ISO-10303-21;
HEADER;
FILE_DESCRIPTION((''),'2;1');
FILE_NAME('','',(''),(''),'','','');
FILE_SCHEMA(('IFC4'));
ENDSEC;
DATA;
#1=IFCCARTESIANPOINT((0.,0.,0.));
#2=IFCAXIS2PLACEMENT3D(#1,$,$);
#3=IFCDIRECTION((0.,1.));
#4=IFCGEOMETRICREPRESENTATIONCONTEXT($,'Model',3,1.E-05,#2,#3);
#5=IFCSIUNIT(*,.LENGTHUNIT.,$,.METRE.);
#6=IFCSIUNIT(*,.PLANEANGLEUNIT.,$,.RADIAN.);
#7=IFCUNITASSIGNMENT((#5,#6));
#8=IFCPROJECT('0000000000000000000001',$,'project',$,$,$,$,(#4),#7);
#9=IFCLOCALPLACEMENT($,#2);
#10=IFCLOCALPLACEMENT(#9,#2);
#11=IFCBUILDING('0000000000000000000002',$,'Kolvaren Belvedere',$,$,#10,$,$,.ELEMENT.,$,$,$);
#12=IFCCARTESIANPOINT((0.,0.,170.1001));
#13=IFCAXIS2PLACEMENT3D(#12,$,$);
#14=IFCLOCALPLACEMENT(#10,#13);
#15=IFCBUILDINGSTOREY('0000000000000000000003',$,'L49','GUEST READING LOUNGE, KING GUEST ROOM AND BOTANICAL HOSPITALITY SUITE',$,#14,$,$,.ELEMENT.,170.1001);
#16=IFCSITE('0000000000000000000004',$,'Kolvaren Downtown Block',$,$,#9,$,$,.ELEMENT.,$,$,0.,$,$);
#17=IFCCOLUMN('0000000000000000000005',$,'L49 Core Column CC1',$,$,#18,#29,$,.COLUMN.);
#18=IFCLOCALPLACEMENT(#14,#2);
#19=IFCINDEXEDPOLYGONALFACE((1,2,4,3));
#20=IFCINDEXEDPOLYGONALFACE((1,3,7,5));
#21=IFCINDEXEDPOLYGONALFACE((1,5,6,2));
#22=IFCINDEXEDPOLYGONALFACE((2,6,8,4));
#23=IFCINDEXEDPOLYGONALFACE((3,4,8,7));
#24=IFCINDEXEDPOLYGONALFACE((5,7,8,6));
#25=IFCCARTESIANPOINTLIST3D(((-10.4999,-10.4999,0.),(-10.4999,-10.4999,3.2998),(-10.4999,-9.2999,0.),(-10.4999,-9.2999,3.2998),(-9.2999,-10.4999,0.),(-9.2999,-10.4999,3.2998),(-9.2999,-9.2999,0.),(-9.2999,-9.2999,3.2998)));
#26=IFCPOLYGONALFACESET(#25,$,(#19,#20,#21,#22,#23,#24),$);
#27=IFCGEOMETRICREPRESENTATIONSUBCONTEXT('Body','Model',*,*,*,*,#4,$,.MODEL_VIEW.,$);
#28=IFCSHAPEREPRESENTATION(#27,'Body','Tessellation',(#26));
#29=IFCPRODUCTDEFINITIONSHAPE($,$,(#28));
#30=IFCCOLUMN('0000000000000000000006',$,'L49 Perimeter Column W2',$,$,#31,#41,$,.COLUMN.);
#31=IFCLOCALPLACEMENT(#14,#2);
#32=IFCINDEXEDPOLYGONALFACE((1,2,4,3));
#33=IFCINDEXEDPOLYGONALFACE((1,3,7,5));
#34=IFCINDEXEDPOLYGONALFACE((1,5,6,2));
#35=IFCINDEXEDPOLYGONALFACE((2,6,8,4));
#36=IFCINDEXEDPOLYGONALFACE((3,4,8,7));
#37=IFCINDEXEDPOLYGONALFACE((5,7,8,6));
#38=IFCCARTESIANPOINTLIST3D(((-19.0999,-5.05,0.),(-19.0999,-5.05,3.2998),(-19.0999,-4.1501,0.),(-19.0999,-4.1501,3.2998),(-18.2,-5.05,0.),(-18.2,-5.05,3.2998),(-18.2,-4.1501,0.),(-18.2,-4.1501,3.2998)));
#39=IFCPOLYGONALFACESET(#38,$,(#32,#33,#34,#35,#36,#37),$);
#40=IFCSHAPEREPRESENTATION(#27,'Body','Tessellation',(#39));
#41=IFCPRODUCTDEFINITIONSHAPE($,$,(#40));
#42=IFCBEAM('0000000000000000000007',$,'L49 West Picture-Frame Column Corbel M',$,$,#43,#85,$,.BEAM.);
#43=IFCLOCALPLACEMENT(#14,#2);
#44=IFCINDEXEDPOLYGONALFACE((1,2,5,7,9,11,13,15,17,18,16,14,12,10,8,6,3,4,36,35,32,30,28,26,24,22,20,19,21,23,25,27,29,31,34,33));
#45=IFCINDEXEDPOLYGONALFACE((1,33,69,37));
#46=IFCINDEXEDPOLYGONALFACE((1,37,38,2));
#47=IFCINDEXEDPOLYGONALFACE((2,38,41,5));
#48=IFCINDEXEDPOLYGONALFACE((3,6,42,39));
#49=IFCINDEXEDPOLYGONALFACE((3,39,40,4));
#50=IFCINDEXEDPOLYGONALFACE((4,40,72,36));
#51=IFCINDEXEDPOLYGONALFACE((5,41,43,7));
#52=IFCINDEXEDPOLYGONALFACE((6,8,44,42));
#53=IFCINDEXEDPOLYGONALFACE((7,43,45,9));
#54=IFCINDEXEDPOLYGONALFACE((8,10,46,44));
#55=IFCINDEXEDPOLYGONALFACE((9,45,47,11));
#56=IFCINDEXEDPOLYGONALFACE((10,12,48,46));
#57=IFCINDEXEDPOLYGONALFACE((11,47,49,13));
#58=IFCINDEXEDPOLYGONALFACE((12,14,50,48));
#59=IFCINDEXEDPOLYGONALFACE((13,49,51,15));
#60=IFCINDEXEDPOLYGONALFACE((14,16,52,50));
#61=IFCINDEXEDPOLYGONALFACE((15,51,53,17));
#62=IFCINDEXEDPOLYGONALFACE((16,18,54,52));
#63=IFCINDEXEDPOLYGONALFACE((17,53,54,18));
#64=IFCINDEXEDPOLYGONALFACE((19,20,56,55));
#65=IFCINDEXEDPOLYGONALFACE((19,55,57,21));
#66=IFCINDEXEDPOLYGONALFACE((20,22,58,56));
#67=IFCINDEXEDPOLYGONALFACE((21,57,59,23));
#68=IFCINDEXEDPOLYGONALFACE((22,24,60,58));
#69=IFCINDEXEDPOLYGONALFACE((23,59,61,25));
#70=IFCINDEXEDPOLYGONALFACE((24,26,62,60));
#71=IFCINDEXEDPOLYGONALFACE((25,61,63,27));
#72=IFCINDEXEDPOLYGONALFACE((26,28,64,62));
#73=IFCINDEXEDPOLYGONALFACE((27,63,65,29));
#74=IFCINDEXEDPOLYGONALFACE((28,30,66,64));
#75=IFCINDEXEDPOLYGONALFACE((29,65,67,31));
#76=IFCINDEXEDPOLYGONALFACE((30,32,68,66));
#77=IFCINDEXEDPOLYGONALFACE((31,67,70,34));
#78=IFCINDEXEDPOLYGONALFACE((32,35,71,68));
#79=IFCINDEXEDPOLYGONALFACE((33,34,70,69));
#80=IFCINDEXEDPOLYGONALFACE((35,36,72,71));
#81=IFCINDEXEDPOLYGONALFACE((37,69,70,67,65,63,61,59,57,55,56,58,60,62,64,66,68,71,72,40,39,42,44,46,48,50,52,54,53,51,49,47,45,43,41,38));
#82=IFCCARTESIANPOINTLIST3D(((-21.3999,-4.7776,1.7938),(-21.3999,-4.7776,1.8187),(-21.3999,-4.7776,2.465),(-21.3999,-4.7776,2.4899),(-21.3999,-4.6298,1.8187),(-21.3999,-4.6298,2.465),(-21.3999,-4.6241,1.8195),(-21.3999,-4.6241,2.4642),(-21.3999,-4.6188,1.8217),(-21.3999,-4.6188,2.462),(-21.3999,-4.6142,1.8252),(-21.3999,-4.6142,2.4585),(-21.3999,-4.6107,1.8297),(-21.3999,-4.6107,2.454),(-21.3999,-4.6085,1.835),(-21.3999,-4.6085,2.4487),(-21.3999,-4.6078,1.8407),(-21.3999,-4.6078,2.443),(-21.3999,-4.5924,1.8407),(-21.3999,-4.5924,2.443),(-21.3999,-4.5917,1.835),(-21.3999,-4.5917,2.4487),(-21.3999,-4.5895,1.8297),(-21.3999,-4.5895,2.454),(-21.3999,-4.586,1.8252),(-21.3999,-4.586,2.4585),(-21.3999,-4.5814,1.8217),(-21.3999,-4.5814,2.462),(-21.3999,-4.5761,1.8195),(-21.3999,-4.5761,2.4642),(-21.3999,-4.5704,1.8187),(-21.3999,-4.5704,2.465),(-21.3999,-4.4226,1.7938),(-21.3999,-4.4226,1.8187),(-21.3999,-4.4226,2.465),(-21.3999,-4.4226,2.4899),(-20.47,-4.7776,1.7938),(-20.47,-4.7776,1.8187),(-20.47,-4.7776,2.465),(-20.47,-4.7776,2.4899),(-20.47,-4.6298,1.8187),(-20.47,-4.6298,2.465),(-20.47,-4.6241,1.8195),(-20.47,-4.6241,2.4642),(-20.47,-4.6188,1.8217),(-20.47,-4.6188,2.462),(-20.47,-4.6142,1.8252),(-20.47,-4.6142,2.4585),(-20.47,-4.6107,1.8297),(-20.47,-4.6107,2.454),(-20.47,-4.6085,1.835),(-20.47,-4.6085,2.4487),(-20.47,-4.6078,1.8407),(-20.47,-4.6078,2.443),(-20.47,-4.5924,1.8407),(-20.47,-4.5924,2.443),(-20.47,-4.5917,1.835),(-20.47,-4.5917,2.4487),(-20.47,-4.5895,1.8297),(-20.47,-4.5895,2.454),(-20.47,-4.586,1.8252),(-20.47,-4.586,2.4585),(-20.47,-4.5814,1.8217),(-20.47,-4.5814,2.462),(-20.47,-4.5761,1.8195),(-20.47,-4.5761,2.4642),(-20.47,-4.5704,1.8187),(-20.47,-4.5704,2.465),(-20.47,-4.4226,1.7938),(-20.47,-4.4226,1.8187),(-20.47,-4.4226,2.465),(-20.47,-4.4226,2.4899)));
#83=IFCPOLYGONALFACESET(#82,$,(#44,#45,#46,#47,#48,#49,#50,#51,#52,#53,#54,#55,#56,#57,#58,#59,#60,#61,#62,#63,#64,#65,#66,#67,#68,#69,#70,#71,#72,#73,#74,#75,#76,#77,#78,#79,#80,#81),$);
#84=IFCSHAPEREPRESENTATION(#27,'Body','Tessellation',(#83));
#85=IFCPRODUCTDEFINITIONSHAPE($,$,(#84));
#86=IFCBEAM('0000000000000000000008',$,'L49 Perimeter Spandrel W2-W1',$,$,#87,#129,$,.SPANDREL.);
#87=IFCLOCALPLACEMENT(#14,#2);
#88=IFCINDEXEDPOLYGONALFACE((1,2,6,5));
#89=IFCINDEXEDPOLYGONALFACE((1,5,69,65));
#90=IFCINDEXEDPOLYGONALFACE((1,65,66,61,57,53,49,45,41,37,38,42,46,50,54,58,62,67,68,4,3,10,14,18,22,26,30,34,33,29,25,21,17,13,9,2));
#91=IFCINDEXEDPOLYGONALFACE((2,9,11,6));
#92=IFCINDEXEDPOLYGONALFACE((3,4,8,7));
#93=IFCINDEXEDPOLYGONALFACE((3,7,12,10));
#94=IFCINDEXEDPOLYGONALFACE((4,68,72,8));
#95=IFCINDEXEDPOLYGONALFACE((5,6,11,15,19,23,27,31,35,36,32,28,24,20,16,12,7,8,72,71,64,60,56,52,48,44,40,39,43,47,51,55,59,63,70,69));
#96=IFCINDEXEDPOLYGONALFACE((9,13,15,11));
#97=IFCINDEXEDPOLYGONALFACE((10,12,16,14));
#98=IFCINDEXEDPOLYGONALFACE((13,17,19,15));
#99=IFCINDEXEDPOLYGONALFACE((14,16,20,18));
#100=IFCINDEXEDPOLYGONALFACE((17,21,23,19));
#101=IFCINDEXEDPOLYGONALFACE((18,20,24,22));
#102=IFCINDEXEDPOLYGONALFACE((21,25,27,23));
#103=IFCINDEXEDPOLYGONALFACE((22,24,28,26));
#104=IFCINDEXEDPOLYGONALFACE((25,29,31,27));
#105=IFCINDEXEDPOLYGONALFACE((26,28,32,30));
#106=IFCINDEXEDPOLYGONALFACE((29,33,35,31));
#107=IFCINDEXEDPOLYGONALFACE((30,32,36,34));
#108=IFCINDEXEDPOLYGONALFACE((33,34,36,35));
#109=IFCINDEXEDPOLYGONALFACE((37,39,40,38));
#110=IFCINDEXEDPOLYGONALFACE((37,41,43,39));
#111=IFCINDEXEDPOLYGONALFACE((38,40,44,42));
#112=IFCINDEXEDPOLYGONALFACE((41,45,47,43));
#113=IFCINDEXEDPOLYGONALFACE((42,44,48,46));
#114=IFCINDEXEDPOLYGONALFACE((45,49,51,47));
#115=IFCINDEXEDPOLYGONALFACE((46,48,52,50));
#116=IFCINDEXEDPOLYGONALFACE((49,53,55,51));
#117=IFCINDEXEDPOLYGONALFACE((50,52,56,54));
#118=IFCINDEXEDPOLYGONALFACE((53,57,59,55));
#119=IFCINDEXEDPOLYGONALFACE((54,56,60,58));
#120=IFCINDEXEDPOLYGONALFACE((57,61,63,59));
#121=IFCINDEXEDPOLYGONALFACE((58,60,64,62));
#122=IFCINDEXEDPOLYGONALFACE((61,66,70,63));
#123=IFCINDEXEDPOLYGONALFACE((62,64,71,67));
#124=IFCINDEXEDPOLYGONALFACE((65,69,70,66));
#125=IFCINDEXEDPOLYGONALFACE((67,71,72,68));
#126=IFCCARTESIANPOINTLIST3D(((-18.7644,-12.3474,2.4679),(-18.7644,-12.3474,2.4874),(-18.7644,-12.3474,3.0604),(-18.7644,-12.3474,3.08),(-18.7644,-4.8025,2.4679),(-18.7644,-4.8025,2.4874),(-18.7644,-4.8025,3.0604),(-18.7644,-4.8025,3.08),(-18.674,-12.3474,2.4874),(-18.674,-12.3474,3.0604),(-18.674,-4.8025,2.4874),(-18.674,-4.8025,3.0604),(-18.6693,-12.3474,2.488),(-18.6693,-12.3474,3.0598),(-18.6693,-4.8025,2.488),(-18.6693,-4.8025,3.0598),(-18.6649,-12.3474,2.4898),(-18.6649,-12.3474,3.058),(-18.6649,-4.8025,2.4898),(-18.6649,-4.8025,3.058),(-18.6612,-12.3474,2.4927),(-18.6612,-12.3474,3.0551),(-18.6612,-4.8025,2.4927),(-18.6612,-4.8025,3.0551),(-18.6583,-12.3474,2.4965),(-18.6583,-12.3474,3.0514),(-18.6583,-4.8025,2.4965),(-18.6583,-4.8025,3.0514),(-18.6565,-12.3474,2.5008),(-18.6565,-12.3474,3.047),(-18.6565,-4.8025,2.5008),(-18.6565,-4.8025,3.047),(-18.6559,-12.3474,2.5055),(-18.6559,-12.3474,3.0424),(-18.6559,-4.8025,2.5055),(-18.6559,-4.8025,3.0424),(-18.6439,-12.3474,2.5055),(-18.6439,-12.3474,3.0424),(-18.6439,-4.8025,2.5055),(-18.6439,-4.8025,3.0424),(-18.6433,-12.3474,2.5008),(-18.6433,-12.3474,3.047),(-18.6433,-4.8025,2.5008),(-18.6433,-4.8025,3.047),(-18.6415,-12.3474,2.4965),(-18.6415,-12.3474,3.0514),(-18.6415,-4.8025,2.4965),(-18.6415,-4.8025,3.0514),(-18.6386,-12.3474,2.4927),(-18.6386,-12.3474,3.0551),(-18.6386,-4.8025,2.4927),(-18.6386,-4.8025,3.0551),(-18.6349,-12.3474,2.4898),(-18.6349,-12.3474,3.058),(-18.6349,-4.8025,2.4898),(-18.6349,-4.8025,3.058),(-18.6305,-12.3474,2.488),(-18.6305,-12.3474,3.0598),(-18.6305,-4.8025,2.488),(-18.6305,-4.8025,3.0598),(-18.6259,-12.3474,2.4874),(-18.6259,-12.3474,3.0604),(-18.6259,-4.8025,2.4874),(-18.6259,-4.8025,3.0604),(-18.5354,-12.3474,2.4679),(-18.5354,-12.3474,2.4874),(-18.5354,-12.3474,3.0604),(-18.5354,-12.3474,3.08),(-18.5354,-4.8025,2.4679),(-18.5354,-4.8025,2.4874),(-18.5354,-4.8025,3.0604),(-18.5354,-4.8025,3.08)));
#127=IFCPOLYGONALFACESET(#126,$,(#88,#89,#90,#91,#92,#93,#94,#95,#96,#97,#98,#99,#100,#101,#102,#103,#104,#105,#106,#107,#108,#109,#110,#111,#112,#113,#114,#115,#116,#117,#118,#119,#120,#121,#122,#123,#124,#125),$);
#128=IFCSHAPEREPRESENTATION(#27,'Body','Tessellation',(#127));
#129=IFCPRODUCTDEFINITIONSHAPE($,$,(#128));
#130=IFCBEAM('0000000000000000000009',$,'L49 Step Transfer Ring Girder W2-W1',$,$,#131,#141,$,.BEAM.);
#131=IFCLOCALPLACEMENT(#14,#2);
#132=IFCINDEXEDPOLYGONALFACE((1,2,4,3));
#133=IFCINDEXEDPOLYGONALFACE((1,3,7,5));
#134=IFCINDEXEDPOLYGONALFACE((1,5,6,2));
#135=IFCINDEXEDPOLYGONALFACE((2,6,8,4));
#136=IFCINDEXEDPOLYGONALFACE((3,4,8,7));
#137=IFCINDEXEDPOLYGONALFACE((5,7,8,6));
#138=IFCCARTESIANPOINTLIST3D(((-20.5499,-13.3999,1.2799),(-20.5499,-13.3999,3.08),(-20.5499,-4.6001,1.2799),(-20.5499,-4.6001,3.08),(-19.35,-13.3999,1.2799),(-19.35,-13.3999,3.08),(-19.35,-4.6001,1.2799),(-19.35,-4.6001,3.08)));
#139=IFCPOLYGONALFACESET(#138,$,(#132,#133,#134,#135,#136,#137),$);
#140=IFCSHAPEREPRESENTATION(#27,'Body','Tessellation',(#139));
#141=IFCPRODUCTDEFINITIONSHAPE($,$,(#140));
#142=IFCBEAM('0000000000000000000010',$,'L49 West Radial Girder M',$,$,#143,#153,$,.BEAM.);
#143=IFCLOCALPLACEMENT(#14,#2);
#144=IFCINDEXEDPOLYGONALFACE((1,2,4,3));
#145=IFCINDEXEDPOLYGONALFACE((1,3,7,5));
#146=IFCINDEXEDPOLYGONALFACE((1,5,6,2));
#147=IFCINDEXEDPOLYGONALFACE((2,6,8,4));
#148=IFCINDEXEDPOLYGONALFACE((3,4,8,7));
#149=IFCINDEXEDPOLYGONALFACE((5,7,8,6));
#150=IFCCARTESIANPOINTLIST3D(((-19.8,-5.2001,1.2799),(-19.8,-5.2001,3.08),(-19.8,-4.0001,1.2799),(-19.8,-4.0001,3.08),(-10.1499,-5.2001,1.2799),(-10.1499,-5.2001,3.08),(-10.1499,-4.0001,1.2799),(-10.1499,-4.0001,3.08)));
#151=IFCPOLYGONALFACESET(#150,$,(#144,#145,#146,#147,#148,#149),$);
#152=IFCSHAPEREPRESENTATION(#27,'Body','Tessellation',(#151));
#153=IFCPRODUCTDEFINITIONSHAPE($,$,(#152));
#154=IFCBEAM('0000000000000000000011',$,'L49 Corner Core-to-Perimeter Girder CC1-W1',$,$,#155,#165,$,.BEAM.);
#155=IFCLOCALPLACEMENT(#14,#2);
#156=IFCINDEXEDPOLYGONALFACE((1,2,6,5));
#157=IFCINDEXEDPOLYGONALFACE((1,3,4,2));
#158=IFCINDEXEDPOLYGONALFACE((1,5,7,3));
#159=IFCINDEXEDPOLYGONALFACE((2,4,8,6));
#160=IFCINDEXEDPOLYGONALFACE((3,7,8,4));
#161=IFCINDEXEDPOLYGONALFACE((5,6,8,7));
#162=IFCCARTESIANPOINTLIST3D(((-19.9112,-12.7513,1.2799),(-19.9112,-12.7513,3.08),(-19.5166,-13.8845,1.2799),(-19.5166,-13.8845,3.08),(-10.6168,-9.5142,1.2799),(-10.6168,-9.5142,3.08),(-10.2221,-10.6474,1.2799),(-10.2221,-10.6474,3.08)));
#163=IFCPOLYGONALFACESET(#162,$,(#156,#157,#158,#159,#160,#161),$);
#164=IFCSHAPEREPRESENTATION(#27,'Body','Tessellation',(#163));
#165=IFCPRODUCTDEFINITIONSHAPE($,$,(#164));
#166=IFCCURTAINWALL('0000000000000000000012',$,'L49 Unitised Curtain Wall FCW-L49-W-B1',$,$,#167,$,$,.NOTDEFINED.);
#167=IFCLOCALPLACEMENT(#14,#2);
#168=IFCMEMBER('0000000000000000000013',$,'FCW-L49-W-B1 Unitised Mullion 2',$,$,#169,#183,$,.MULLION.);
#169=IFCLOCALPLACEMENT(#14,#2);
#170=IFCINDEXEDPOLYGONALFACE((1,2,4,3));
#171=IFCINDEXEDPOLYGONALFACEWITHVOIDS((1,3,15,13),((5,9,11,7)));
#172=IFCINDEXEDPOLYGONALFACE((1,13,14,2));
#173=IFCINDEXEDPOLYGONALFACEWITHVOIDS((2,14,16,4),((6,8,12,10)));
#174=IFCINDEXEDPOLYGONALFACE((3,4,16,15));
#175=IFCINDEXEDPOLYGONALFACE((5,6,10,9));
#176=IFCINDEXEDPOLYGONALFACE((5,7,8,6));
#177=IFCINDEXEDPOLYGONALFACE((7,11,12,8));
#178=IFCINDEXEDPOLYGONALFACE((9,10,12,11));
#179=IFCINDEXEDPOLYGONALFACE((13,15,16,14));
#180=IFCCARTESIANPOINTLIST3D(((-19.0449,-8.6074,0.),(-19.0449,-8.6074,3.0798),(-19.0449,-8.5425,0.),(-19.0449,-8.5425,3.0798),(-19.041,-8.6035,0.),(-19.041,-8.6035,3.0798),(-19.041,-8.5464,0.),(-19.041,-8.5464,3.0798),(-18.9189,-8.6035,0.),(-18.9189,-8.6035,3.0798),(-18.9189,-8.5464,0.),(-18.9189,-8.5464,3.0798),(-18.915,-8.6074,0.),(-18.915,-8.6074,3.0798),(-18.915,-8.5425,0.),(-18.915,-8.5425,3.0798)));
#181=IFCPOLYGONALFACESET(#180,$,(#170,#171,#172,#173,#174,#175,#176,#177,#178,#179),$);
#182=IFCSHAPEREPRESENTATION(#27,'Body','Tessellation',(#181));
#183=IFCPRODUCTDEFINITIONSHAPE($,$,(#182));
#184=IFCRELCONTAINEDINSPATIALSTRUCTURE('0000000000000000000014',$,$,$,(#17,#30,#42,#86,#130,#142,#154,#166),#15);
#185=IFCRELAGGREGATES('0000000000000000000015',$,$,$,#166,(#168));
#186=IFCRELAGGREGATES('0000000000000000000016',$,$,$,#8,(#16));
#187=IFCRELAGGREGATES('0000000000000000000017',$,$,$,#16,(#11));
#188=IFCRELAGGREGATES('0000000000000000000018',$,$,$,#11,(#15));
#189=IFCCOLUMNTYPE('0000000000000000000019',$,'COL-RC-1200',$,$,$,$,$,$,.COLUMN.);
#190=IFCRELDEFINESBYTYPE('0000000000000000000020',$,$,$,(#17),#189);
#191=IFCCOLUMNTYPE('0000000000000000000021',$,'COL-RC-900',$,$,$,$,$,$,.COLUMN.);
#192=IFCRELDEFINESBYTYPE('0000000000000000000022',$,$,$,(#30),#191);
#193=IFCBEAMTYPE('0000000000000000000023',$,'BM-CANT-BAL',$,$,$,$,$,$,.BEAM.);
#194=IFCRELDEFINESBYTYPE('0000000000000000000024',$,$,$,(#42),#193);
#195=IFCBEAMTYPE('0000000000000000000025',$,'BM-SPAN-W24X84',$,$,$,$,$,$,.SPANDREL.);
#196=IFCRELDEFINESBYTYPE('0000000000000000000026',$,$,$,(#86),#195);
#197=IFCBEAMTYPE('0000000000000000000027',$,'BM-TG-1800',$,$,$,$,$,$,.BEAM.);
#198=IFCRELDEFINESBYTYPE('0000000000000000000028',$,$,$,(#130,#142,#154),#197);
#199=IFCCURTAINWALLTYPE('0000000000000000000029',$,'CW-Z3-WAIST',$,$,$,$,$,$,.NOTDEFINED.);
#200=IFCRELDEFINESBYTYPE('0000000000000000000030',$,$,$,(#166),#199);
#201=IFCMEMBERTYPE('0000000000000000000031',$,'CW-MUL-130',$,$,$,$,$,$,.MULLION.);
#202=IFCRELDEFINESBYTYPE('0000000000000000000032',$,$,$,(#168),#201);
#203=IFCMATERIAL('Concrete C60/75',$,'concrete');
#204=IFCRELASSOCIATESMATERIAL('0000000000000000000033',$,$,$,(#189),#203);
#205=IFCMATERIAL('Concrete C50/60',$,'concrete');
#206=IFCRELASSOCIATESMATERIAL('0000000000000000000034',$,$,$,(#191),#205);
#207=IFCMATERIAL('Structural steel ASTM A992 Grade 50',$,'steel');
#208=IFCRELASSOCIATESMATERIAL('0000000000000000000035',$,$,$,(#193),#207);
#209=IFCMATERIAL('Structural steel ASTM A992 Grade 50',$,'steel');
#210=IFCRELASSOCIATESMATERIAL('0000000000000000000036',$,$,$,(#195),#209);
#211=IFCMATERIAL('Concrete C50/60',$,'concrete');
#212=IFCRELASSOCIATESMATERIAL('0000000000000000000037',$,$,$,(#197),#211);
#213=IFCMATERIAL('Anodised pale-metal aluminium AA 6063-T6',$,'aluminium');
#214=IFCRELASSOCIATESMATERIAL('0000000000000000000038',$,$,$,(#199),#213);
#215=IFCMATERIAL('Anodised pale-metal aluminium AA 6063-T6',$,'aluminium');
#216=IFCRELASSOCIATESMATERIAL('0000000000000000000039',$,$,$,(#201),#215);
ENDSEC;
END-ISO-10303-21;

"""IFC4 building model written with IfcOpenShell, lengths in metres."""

from ifc_helpers import new_model, si_unit, direction, frame, origin, origin_2d, place, context, subcontext, project, spatial, rectangle, hollow_rectangle, i_section, extrude, material, material_profile, profile_set, type_object, element, aggregate, save


model = new_model("IFC4")

# Units and contexts
model_context = context("Model", 3, precision=1e-05, world=origin(), true_north=direction((0.0, 1.0)))
body_context = subcontext(model_context, "Body", "Model", "MODEL_VIEW")
ifc_project = project(units=[si_unit("LENGTHUNIT", "METRE"), si_unit("PLANEANGLEUNIT", "RADIAN")], contexts=[model_context])

# Site, building, storey
site_placement = place(None, origin())
site = spatial("IfcSite", under=ifc_project, at=site_placement, Name="Kolvaren Downtown Block", CompositionType="ELEMENT", RefElevation=0.0)
building_placement = place(site_placement, origin())
building = spatial("IfcBuilding", under=site, at=building_placement, Name="Kolvaren Belvedere", CompositionType="ELEMENT")
storey_placement = place(building_placement, frame((0.0, 0.0, 170.1001)))
storey = spatial("IfcBuildingStorey", under=building, at=storey_placement, Name="L49", Description="GUEST READING LOUNGE, KING GUEST ROOM AND BOTANICAL HOSPITALITY SUITE", CompositionType="ELEMENT", Elevation=170.1001)

# Columns
ifc_material_1 = material(Name="Concrete C60/75", Category="concrete")
ifc_material_profile_1 = material_profile(ifc_material_1, rectangle(XDim=1.2, YDim=1.2, at=origin_2d()), Name="RC 1200X1200")
ifc_profile_set_1 = profile_set([ifc_material_profile_1], Name="Concrete C60/75")
column_type_1 = type_object("IfcColumnType", Name="COL-RC-1200", PredefinedType="COLUMN", material=ifc_profile_set_1)
column_1_placement = place(storey_placement, frame((-9.8999, -9.8999, 0.0), z_axis=(0.0, 0.0, 1.0), x_axis=(1.0, 0.0, 0.0)))
element("IfcColumn", 1, at=column_1_placement, inside=storey, type_object=column_type_1, Name="L49 Core Column CC1", PredefinedType="COLUMN", context=body_context, shape_type="SweptSolid", body=[
    extrude(rectangle(XDim=1.2, YDim=1.2, at=origin_2d()), origin(), (0.0, 0.0, 1.0), 3.2998),
])
ifc_material_2 = material(Name="Concrete C50/60", Category="concrete")
ifc_material_profile_2 = material_profile(ifc_material_2, rectangle(XDim=0.8999, YDim=0.8999, at=origin_2d()), Name="RC 900X900")
ifc_profile_set_2 = profile_set([ifc_material_profile_2], Name="Concrete C50/60")
column_type_2 = type_object("IfcColumnType", Name="COL-RC-900", PredefinedType="COLUMN", material=ifc_profile_set_2)
column_2_placement = place(storey_placement, frame((-18.6499, -4.6001, 0.0), z_axis=(0.0, 0.0, 1.0), x_axis=(1.0, 0.0, 0.0)))
element("IfcColumn", 2, at=column_2_placement, inside=storey, type_object=column_type_2, Name="L49 Perimeter Column W2", PredefinedType="COLUMN", context=body_context, shape_type="SweptSolid", body=[
    extrude(rectangle(XDim=0.8999, YDim=0.8999, at=origin_2d()), origin(), (0.0, 0.0, 1.0), 3.2998),
])

# Beams
ifc_material_3 = material(Name="Structural steel ASTM A992 Grade 50", Category="steel")
ifc_material_profile_3 = material_profile(ifc_material_3, i_section(OverallWidth=0.355, OverallDepth=0.696, WebThickness=0.0154, FlangeThickness=0.0249, FilletRadius=0.022, at=origin_2d()), Name="W27X146")
ifc_profile_set_3 = profile_set([ifc_material_profile_3], Name="Structural steel ASTM A992 Grade 50")
beam_type_1 = type_object("IfcBeamType", Name="BM-CANT-BAL", PredefinedType="BEAM", material=ifc_profile_set_3)
beam_1_placement = place(storey_placement, frame((-20.47, -4.6001, 2.1418), z_axis=(-1.0, 0.0, 0.0), x_axis=(0.0, -1.0, 0.0)))
element("IfcBeam", 3, at=beam_1_placement, inside=storey, type_object=beam_type_1, Name="L49 West Picture-Frame Column Corbel M", PredefinedType="BEAM", context=body_context, shape_type="SweptSolid", body=[
    extrude(i_section(OverallWidth=0.355, OverallDepth=0.696, WebThickness=0.0154, FlangeThickness=0.0249, FilletRadius=0.022, at=origin_2d()), origin(), (0.0, 0.0, 1.0), 0.9299),
])
ifc_material_4 = material(Name="Structural steel ASTM A992 Grade 50", Category="steel")
ifc_material_profile_4 = material_profile(ifc_material_4, i_section(OverallWidth=0.229, OverallDepth=0.6121, WebThickness=0.012, FlangeThickness=0.0195, FilletRadius=0.0181, at=origin_2d()), Name="W24X84")
ifc_profile_set_4 = profile_set([ifc_material_profile_4], Name="Structural steel ASTM A992 Grade 50")
beam_type_2 = type_object("IfcBeamType", Name="BM-SPAN-W24X84", PredefinedType="SPANDREL", material=ifc_profile_set_4)
beam_2_placement = place(storey_placement, frame((-18.6499, -4.8025, 2.7739), z_axis=(0.0, -1.0, 0.0), x_axis=(1.0, 0.0, 0.0)))
element("IfcBeam", 4, at=beam_2_placement, inside=storey, type_object=beam_type_2, Name="L49 Perimeter Spandrel W2-W1", PredefinedType="SPANDREL", context=body_context, shape_type="SweptSolid", body=[
    extrude(i_section(OverallWidth=0.229, OverallDepth=0.6121, WebThickness=0.012, FlangeThickness=0.0195, FilletRadius=0.0181, at=origin_2d()), origin(), (0.0, 0.0, 1.0), 7.5449),
])
ifc_material_5 = material(Name="Concrete C50/60", Category="concrete")
ifc_material_profile_5 = material_profile(ifc_material_5, rectangle(XDim=1.2, YDim=1.8, at=origin_2d()), Name="RC 1200X1800")
ifc_profile_set_5 = profile_set([ifc_material_profile_5], Name="Concrete C50/60")
beam_type_3 = type_object("IfcBeamType", Name="BM-TG-1800", PredefinedType="BEAM", material=ifc_profile_set_5)
beam_3_placement = place(storey_placement, frame((-19.95, -4.6001, 2.1799), z_axis=(0.0, -1.0, 0.0), x_axis=(1.0, 0.0, 0.0)))
element("IfcBeam", 5, at=beam_3_placement, inside=storey, type_object=beam_type_3, Name="L49 Step Transfer Ring Girder W2-W1", PredefinedType="BEAM", context=body_context, shape_type="SweptSolid", body=[
    extrude(rectangle(XDim=1.2, YDim=1.8, at=origin_2d()), origin(), (0.0, 0.0, 1.0), 8.7998),
])
beam_4_placement = place(storey_placement, frame((-10.1499, -4.6001, 2.1799), z_axis=(-1.0, 0.0, 0.0), x_axis=(0.0, -1.0, 0.0)))
element("IfcBeam", 6, at=beam_4_placement, inside=storey, type_object=beam_type_3, Name="L49 West Radial Girder M", PredefinedType="BEAM", context=body_context, shape_type="SweptSolid", body=[
    extrude(rectangle(XDim=1.2, YDim=1.8, at=origin_2d()), origin(), (0.0, 0.0, 1.0), 9.6501),
])
beam_5_placement = place(storey_placement, frame((-10.4194, -10.0808, 2.1799), z_axis=(-0.944364, -0.328903, 0.0), x_axis=(0.328903, -0.944364, 0.0)))
element("IfcBeam", 7, at=beam_5_placement, inside=storey, type_object=beam_type_3, Name="L49 Corner Core-to-Perimeter Girder CC1-W1", PredefinedType="BEAM", context=body_context, shape_type="SweptSolid", body=[
    extrude(rectangle(XDim=1.2, YDim=1.8, at=origin_2d()), origin(), (0.0, 0.0, 1.0), 9.842),
])

# Curtain wall, member
ifc_material_6 = material(Name="Anodised pale-metal aluminium AA 6063-T6", Category="aluminium")
curtain_wall_type = type_object("IfcCurtainWallType", Name="CW-Z3-WAIST", PredefinedType="NOTDEFINED", material=ifc_material_6)
curtain_wall_1_placement = place(storey_placement, origin())
curtain_wall_1 = element("IfcCurtainWall", 8, at=curtain_wall_1_placement, inside=storey, type_object=curtain_wall_type, Name="L49 Unitised Curtain Wall FCW-L49-W-B1", PredefinedType="NOTDEFINED")
ifc_material_7 = material(Name="Anodised pale-metal aluminium AA 6063-T6", Category="aluminium")
ifc_material_profile_6 = material_profile(ifc_material_7, hollow_rectangle(XDim=0.0649, YDim=0.1299, WallThickness=0.0039, at=origin_2d()), Name="ALU-MUL-130X65")
ifc_profile_set_6 = profile_set([ifc_material_profile_6], Name="Anodised pale-metal aluminium AA 6063-T6")
member_type_1 = type_object("IfcMemberType", Name="CW-MUL-130", PredefinedType="MULLION", material=ifc_profile_set_6)
member_1_placement = place(storey_placement, frame((-18.98, -8.575, 0.0), z_axis=(0.0, 0.0, 1.0), x_axis=(0.0, 1.0, 0.0)))
member_1 = element("IfcMember", 9, at=member_1_placement, type_object=member_type_1, Name="FCW-L49-W-B1 Unitised Mullion 2", PredefinedType="MULLION", context=body_context, shape_type="SweptSolid", body=[
    extrude(hollow_rectangle(XDim=0.0649, YDim=0.1299, WallThickness=0.0039, at=origin_2d()), origin(), (0.0, 0.0, 1.0), 3.0798),
])

aggregate(curtain_wall_1, [member_1])

save(model, "model.ifc")
